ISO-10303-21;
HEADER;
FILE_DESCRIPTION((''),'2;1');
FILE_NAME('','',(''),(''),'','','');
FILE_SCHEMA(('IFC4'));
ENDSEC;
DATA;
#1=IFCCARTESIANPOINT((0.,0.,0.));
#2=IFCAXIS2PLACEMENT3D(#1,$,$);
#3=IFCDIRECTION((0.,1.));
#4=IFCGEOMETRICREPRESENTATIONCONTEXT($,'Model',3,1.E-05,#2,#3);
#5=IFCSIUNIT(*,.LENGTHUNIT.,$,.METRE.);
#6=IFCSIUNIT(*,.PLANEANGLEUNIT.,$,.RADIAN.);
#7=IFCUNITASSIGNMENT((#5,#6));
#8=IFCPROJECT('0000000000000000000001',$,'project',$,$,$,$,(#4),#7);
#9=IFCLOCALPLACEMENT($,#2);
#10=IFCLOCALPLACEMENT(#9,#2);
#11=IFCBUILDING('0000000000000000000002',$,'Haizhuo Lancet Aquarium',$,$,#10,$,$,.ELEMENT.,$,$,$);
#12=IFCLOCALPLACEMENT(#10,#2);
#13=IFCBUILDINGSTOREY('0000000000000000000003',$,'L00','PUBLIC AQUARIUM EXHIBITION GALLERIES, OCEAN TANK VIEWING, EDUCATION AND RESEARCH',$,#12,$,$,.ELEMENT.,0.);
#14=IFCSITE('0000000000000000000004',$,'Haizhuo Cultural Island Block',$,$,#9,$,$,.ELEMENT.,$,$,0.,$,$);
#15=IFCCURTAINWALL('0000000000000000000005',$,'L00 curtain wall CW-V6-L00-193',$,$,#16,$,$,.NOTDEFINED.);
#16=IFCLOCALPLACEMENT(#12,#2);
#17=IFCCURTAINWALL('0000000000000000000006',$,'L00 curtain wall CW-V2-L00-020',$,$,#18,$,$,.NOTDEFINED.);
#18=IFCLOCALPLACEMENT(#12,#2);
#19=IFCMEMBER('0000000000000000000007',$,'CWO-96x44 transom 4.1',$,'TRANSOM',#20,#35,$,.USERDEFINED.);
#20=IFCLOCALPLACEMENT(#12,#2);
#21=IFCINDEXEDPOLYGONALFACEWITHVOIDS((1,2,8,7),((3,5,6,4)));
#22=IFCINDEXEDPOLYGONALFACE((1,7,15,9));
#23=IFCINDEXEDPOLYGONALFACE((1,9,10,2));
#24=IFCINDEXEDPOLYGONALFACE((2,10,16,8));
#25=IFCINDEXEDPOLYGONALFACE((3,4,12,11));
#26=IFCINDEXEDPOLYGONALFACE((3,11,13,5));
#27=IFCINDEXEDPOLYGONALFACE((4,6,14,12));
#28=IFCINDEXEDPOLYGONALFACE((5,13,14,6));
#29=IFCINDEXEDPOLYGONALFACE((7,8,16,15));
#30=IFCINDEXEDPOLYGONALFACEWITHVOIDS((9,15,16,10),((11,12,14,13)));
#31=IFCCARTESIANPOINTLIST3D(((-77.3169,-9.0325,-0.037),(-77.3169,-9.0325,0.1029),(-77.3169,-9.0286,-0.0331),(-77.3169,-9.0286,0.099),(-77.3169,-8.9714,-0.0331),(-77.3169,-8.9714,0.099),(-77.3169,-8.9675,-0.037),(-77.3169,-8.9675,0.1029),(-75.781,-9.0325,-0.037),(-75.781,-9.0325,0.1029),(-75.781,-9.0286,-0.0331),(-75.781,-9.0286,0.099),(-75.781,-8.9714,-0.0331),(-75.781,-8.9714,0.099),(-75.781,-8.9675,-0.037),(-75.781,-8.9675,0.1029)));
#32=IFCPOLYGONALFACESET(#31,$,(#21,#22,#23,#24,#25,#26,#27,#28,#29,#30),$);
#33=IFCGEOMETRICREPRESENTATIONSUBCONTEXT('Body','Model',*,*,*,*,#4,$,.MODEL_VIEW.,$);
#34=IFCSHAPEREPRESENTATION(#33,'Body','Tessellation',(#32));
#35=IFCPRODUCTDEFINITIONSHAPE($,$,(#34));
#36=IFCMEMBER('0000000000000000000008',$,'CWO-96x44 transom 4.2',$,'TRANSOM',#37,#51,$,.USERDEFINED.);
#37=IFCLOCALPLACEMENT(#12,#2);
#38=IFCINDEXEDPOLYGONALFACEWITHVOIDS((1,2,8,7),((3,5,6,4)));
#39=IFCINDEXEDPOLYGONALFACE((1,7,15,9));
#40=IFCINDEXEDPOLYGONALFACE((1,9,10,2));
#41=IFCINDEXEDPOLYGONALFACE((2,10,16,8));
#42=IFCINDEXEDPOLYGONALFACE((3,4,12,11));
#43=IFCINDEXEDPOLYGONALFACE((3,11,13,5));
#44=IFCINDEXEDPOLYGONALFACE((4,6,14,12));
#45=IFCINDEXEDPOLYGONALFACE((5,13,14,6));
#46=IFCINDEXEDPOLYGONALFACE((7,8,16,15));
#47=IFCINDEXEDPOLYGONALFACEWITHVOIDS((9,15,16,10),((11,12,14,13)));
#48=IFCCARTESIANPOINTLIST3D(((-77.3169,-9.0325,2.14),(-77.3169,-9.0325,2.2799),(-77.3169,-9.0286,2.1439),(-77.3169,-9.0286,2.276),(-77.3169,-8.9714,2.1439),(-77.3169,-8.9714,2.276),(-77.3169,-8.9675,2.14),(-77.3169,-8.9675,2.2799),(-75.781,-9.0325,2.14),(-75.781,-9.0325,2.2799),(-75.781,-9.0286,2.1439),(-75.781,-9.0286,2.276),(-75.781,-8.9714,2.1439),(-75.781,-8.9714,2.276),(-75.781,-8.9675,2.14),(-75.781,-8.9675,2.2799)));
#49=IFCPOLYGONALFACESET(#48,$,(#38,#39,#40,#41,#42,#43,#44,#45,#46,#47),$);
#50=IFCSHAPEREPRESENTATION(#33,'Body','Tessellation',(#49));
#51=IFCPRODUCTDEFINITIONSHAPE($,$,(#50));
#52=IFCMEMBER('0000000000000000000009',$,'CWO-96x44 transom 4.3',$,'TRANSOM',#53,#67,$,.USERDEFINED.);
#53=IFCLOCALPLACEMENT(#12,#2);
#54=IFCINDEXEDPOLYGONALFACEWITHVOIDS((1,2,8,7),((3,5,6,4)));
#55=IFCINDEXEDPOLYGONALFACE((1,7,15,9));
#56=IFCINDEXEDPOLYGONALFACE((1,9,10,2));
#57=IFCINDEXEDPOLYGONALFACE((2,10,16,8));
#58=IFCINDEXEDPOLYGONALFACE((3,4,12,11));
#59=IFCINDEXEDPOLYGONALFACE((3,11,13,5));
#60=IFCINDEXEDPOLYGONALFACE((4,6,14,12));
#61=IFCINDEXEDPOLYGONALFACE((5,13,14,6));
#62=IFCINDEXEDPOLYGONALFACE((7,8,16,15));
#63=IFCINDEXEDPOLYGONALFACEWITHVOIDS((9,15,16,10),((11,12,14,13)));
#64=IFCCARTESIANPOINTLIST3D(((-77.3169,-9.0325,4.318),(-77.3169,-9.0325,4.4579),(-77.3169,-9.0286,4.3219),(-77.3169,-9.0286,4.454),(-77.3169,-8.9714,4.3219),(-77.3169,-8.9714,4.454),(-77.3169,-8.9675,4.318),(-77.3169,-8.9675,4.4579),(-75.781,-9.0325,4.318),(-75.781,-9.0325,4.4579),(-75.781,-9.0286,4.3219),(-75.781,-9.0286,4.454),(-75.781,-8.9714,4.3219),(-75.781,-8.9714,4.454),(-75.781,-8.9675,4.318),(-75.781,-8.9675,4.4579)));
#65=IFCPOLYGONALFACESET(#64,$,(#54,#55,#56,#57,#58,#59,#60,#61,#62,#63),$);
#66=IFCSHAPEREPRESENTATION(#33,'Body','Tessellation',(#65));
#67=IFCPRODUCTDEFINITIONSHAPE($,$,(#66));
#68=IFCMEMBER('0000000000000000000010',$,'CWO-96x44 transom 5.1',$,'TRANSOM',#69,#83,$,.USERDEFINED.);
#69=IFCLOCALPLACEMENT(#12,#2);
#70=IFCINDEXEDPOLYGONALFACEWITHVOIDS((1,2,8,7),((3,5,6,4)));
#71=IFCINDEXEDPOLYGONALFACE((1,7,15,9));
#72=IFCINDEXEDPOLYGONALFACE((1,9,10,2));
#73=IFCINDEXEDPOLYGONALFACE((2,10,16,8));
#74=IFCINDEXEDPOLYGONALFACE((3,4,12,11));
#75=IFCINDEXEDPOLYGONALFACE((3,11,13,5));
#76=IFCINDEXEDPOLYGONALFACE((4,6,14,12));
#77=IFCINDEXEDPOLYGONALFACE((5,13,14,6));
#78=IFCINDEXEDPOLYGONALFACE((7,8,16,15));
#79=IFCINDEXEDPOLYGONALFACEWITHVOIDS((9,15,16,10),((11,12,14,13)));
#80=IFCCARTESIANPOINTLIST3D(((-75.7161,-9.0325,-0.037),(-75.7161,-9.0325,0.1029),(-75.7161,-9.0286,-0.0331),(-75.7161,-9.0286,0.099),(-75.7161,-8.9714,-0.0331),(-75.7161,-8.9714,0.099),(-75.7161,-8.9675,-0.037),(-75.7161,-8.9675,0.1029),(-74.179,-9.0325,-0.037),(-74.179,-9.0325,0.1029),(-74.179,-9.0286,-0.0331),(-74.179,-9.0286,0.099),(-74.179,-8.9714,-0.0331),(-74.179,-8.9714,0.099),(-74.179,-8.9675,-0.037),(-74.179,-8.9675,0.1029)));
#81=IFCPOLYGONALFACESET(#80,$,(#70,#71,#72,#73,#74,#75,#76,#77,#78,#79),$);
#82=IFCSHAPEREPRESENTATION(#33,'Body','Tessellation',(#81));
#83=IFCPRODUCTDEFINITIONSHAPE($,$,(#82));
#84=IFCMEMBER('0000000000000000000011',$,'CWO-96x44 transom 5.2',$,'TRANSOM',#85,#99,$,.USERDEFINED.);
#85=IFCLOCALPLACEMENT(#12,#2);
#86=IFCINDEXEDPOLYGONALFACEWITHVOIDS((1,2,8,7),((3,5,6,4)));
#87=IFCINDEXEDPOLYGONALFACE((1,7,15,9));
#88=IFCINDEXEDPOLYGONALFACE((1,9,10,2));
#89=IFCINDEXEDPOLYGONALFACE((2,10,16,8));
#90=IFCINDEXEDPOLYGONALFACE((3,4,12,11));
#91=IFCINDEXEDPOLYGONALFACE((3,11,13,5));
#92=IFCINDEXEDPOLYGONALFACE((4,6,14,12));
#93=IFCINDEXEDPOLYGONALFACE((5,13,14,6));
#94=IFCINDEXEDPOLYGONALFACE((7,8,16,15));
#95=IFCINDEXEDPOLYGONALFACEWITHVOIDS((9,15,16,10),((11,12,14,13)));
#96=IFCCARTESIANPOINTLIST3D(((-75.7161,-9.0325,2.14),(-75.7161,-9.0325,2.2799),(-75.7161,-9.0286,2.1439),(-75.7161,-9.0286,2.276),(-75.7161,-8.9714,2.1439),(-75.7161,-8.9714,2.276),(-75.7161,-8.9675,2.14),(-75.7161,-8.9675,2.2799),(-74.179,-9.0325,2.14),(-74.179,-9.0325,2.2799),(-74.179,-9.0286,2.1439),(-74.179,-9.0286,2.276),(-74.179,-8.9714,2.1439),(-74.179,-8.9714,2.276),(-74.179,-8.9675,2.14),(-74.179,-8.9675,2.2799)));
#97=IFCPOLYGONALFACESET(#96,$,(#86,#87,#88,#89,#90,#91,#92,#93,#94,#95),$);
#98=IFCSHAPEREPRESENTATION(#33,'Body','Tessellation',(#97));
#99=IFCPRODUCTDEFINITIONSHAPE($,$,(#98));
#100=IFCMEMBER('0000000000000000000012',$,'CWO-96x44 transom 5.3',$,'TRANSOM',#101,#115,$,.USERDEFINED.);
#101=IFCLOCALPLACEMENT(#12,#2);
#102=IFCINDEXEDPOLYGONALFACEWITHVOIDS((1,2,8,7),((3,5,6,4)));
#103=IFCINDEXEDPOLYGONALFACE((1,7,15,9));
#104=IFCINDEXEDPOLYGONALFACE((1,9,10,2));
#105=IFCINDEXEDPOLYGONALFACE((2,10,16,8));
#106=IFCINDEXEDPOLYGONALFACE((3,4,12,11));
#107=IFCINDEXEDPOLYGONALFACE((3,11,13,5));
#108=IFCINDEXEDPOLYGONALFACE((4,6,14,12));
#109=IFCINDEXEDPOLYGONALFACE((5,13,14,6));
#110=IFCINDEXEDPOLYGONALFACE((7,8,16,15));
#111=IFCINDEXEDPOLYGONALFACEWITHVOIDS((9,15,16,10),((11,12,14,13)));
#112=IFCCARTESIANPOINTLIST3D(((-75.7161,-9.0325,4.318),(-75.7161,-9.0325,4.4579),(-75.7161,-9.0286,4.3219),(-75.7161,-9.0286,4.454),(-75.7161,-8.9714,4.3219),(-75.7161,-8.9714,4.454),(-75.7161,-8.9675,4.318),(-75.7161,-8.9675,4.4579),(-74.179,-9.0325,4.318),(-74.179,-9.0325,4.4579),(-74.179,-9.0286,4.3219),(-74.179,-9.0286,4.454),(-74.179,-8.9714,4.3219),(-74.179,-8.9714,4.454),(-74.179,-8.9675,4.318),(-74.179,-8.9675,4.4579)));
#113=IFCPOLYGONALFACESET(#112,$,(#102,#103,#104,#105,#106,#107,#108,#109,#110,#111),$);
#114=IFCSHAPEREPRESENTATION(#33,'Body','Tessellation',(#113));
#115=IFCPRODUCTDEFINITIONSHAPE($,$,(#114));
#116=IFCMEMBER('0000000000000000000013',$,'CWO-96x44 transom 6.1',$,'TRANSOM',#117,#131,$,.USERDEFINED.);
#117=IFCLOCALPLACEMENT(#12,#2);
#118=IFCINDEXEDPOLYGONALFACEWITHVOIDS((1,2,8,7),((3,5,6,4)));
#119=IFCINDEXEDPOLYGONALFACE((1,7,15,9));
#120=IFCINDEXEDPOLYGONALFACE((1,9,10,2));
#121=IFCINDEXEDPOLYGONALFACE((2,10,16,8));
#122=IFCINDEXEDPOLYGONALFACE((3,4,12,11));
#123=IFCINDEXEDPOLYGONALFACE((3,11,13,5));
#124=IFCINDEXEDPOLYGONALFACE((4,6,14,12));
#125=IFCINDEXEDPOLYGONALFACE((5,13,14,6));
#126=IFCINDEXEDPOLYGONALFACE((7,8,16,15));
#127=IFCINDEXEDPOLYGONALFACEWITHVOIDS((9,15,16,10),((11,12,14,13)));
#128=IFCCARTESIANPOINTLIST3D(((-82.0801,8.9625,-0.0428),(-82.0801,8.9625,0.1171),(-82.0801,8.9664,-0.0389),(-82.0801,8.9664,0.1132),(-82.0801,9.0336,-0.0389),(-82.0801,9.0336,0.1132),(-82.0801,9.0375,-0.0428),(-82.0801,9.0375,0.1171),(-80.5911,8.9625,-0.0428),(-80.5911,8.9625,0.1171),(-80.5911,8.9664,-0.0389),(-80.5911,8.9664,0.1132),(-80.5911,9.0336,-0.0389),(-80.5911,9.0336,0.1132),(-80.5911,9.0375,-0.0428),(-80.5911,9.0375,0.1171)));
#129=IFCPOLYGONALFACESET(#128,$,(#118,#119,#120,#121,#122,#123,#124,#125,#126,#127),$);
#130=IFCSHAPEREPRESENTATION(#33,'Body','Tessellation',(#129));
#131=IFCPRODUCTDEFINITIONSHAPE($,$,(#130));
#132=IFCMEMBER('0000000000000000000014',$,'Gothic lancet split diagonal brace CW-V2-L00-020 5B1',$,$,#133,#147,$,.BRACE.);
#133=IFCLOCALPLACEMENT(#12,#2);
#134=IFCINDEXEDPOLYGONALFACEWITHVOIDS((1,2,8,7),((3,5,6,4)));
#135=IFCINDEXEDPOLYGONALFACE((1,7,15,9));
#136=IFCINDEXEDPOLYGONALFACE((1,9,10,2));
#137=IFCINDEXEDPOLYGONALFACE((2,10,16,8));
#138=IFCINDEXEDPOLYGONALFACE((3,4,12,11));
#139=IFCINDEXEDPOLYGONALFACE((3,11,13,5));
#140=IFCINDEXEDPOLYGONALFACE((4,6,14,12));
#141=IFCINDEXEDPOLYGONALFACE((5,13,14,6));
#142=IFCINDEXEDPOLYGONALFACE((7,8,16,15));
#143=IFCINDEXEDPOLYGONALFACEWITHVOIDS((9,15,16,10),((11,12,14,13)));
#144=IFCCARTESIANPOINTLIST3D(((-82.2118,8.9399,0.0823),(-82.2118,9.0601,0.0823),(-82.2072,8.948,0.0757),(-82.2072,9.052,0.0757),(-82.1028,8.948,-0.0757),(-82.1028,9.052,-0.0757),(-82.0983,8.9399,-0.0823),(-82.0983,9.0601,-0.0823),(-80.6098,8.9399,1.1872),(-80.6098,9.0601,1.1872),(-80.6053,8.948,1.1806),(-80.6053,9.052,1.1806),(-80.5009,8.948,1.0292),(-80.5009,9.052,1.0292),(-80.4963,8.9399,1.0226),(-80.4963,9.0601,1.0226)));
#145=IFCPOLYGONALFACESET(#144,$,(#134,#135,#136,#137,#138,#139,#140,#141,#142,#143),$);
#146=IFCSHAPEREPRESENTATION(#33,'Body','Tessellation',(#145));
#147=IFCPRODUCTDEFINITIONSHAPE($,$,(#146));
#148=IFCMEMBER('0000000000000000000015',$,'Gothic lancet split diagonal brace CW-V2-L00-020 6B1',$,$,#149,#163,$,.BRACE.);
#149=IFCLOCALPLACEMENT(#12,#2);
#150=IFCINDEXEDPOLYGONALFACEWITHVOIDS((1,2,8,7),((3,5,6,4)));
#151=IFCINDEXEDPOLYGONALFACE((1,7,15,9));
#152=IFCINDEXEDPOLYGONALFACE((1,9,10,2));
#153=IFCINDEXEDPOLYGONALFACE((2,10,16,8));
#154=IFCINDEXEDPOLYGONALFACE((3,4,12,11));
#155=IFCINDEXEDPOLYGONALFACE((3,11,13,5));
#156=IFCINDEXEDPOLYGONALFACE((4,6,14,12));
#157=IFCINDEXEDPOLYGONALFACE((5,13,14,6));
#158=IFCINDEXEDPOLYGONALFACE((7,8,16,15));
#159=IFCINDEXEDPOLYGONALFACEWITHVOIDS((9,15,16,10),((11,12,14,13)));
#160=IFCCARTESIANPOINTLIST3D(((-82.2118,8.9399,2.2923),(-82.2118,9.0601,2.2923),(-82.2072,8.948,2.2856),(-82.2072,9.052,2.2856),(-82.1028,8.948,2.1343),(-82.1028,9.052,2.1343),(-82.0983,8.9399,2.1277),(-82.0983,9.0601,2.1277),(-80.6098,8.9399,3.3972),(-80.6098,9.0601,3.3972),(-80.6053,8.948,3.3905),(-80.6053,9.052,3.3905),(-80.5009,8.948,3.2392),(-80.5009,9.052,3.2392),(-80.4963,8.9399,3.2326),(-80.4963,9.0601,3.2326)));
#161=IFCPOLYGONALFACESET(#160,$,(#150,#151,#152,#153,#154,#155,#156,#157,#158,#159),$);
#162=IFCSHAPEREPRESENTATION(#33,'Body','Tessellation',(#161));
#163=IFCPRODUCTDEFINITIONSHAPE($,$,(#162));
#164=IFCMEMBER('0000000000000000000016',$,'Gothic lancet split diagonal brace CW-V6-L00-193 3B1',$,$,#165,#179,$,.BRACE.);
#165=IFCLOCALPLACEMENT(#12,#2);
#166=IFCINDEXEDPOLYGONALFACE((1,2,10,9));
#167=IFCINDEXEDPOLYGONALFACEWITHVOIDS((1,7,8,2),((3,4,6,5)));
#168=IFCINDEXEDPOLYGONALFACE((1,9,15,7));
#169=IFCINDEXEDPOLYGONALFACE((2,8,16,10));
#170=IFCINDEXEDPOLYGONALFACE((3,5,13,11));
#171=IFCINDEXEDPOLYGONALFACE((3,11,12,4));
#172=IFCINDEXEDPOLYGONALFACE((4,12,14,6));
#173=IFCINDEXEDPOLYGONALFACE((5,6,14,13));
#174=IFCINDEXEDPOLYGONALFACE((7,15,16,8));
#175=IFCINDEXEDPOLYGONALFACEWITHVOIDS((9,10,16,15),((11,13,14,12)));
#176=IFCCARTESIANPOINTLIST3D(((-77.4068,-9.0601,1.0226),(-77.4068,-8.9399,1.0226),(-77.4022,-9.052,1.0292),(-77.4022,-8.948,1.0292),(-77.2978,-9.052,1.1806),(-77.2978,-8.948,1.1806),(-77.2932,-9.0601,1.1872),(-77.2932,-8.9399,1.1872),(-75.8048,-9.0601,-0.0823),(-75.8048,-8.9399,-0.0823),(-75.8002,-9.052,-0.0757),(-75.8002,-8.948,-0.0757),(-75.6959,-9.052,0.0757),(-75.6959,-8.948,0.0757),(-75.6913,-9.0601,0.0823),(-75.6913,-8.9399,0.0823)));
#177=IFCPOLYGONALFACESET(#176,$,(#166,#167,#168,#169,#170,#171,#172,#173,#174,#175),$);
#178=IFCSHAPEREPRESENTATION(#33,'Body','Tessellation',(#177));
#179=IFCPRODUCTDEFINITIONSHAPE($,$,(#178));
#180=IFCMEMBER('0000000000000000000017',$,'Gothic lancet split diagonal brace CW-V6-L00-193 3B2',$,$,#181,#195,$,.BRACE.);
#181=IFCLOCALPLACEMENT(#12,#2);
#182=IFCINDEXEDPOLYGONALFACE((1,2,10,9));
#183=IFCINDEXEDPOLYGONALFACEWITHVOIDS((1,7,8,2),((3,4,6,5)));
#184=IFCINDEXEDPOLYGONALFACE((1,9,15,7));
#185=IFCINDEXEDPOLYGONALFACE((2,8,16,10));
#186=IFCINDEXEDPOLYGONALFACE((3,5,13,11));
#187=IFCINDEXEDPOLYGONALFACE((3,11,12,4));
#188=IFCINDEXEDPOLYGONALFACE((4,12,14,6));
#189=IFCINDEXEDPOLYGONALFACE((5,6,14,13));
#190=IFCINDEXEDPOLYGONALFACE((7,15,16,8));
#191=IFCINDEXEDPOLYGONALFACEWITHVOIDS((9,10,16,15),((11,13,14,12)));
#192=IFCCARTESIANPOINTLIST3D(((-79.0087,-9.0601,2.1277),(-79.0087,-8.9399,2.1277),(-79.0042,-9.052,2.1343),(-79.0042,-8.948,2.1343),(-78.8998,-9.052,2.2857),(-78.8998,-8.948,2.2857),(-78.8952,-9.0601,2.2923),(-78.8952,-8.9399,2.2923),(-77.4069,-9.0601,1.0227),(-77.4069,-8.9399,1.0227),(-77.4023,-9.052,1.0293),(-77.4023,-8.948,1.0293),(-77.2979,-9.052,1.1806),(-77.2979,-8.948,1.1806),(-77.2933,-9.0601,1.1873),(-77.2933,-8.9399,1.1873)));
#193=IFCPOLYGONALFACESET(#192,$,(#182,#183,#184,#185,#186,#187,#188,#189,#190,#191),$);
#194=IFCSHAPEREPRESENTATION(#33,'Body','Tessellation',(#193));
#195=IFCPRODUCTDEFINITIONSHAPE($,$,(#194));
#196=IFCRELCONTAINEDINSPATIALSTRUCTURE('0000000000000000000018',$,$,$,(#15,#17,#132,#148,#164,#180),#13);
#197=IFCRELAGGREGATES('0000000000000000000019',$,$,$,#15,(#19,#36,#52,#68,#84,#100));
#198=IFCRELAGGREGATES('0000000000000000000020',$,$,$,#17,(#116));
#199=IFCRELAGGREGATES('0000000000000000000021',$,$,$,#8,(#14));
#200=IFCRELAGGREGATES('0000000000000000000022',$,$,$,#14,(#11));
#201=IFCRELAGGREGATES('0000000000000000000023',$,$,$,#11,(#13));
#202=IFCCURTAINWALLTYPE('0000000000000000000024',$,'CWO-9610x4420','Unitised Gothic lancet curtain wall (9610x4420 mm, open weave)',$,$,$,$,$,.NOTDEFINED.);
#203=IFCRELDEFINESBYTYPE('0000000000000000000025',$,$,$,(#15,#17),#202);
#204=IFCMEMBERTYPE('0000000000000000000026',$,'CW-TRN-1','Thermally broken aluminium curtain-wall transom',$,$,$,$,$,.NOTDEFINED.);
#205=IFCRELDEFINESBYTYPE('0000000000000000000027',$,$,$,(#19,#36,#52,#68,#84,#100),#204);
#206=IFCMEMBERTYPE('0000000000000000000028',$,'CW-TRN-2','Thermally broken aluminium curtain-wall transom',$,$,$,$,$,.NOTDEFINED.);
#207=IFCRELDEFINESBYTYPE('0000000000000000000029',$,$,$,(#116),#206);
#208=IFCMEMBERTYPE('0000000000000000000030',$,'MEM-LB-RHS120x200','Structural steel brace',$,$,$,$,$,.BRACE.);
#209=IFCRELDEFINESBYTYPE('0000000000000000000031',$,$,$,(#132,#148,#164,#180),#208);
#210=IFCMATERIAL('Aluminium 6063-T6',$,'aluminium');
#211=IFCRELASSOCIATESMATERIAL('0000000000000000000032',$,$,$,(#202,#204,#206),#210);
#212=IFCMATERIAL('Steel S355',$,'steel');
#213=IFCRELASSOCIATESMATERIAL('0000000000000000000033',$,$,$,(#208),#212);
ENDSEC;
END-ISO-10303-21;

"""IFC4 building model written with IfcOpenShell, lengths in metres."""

from ifc_helpers import new_model, si_unit, direction, frame, origin, origin_2d, place, context, subcontext, project, spatial, hollow_rectangle, extrude, material, material_profile, profile_set, type_object, element, aggregate, save


model = new_model("IFC4")

# Units and contexts
model_context = context("Model", 3, precision=1e-05, world=origin(), true_north=direction((0.0, 1.0)))
body_context = subcontext(model_context, "Body", "Model", "MODEL_VIEW")
ifc_project = project(units=[si_unit("LENGTHUNIT", "METRE"), si_unit("PLANEANGLEUNIT", "RADIAN")], contexts=[model_context])

# Site, building, storey
site_placement = place(None, origin())
site = spatial("IfcSite", under=ifc_project, at=site_placement, Name="Haizhuo Cultural Island Block", CompositionType="ELEMENT", RefElevation=0.0)
building_placement = place(site_placement, origin())
building = spatial("IfcBuilding", under=site, at=building_placement, Name="Haizhuo Lancet Aquarium", CompositionType="ELEMENT")
storey_placement = place(building_placement, origin())
storey = spatial("IfcBuildingStorey", under=building, at=storey_placement, Name="L00", Description="PUBLIC AQUARIUM EXHIBITION GALLERIES, OCEAN TANK VIEWING, EDUCATION AND RESEARCH", CompositionType="ELEMENT", Elevation=0.0)

# Shared definitions
ifc_material_1 = material(Name="Steel S355", Category="steel")

# Curtain wall
ifc_material_2 = material(Name="Aluminium 6063-T6", Category="aluminium")
curtain_wall_type = type_object("IfcCurtainWallType", Name="CWO-9610x4420", Description="Unitised Gothic lancet curtain wall (9610x4420 mm, open weave)", PredefinedType="NOTDEFINED", material=ifc_material_2)
curtain_wall_1_placement = place(storey_placement, origin())
curtain_wall_1 = element("IfcCurtainWall", 1, at=curtain_wall_1_placement, inside=storey, type_object=curtain_wall_type, Name="L00 curtain wall CW-V6-L00-193", PredefinedType="NOTDEFINED")

# Curtain wall
curtain_wall_2_placement = place(storey_placement, origin())
curtain_wall_2 = element("IfcCurtainWall", 2, at=curtain_wall_2_placement, inside=storey, type_object=curtain_wall_type, Name="L00 curtain wall CW-V2-L00-020", PredefinedType="NOTDEFINED")

# Members
ifc_material_profile_1 = material_profile(ifc_material_2, hollow_rectangle(XDim=0.0649, YDim=0.1399, WallThickness=0.0039, at=origin_2d()), Name="ALU-T 65x140x4")
ifc_profile_set_1 = profile_set([ifc_material_profile_1], Name="Aluminium 6063-T6")
member_type_1 = type_object("IfcMemberType", Name="CW-TRN-1", Description="Thermally broken aluminium curtain-wall transom", PredefinedType="NOTDEFINED", material=ifc_profile_set_1)
member_1_placement = place(storey_placement, frame((-77.3169, -9.0, 0.033), z_axis=(1.0, 0.0, 0.0), x_axis=(0.0, 1.0, 0.0)))
member_1 = element("IfcMember", 3, at=member_1_placement, type_object=member_type_1, Name="CWO-96x44 transom 4.1", ObjectType="TRANSOM", PredefinedType="USERDEFINED", context=body_context, shape_type="SweptSolid", body=[
    extrude(hollow_rectangle(XDim=0.0649, YDim=0.1399, WallThickness=0.0039, at=origin_2d()), origin(), (0.0, 0.0, 1.0), 1.5359),
])
member_2_placement = place(storey_placement, frame((-77.3169, -9.0, 2.21), z_axis=(1.0, 0.0, 0.0), x_axis=(0.0, 1.0, 0.0)))
member_2 = element("IfcMember", 4, at=member_2_placement, type_object=member_type_1, Name="CWO-96x44 transom 4.2", ObjectType="TRANSOM", PredefinedType="USERDEFINED", context=body_context, shape_type="SweptSolid", body=[
    extrude(hollow_rectangle(XDim=0.0649, YDim=0.1399, WallThickness=0.0039, at=origin_2d()), origin(), (0.0, 0.0, 1.0), 1.5359),
])
member_3_placement = place(storey_placement, frame((-77.3169, -9.0, 4.3879), z_axis=(1.0, 0.0, 0.0), x_axis=(0.0, 1.0, 0.0)))
member_3 = element("IfcMember", 5, at=member_3_placement, type_object=member_type_1, Name="CWO-96x44 transom 4.3", ObjectType="TRANSOM", PredefinedType="USERDEFINED", context=body_context, shape_type="SweptSolid", body=[
    extrude(hollow_rectangle(XDim=0.0649, YDim=0.1399, WallThickness=0.0039, at=origin_2d()), origin(), (0.0, 0.0, 1.0), 1.5359),
])
member_4_placement = place(storey_placement, frame((-75.7161, -9.0, 0.033), z_axis=(1.0, 0.0, 0.0), x_axis=(0.0, 1.0, 0.0)))
member_4 = element("IfcMember", 6, at=member_4_placement, type_object=member_type_1, Name="CWO-96x44 transom 5.1", ObjectType="TRANSOM", PredefinedType="USERDEFINED", context=body_context, shape_type="SweptSolid", body=[
    extrude(hollow_rectangle(XDim=0.0649, YDim=0.1399, WallThickness=0.0039, at=origin_2d()), origin(), (0.0, 0.0, 1.0), 1.5371),
])
member_5_placement = place(storey_placement, frame((-75.7161, -9.0, 2.21), z_axis=(1.0, 0.0, 0.0), x_axis=(0.0, 1.0, 0.0)))
member_5 = element("IfcMember", 7, at=member_5_placement, type_object=member_type_1, Name="CWO-96x44 transom 5.2", ObjectType="TRANSOM", PredefinedType="USERDEFINED", context=body_context, shape_type="SweptSolid", body=[
    extrude(hollow_rectangle(XDim=0.0649, YDim=0.1399, WallThickness=0.0039, at=origin_2d()), origin(), (0.0, 0.0, 1.0), 1.5371),
])
member_6_placement = place(storey_placement, frame((-75.7161, -9.0, 4.3879), z_axis=(1.0, 0.0, 0.0), x_axis=(0.0, 1.0, 0.0)))
member_6 = element("IfcMember", 8, at=member_6_placement, type_object=member_type_1, Name="CWO-96x44 transom 5.3", ObjectType="TRANSOM", PredefinedType="USERDEFINED", context=body_context, shape_type="SweptSolid", body=[
    extrude(hollow_rectangle(XDim=0.0649, YDim=0.1399, WallThickness=0.0039, at=origin_2d()), origin(), (0.0, 0.0, 1.0), 1.5371),
])
ifc_material_profile_2 = material_profile(ifc_material_2, hollow_rectangle(XDim=0.075, YDim=0.1599, WallThickness=0.0039, at=origin_2d()), Name="ALU-T 75x160x4")
ifc_profile_set_2 = profile_set([ifc_material_profile_2], Name="Aluminium 6063-T6")
member_type_2 = type_object("IfcMemberType", Name="CW-TRN-2", Description="Thermally broken aluminium curtain-wall transom", PredefinedType="NOTDEFINED", material=ifc_profile_set_2)
member_7_placement = place(storey_placement, frame((-80.5911, 9.0, 0.0371), z_axis=(-1.0, 0.0, 0.0), x_axis=(0.0, -1.0, 0.0)))
member_7 = element("IfcMember", 9, at=member_7_placement, type_object=member_type_2, Name="CWO-96x44 transom 6.1", ObjectType="TRANSOM", PredefinedType="USERDEFINED", context=body_context, shape_type="SweptSolid", body=[
    extrude(hollow_rectangle(XDim=0.075, YDim=0.1599, WallThickness=0.0039, at=origin_2d()), origin(), (0.0, 0.0, 1.0), 1.489),
])

# Members
ifc_material_profile_3 = material_profile(ifc_material_1, hollow_rectangle(XDim=0.1201, YDim=0.2, WallThickness=0.0081, at=origin_2d()), Name="RHS 120x200x8")
ifc_profile_set_3 = profile_set([ifc_material_profile_3], Name="Steel S355")
member_type_3 = type_object("IfcMemberType", Name="MEM-LB-RHS120x200", Description="Structural steel brace", PredefinedType="BRACE", material=ifc_profile_set_3)
for number, where, z_axis, x_axis, name in (
    (10, (-82.155, 9.0, 0.0), (0.823184, 0.0, 0.567774), (0.0, 1.0, 0.0), "Gothic lancet split diagonal brace CW-V2-L00-020 5B1"),
    (11, (-82.155, 9.0, 2.21), (0.823184, 0.0, 0.567774), (0.0, 1.0, 0.0), "Gothic lancet split diagonal brace CW-V2-L00-020 6B1"),
    (12, (-75.748, -9.0, 0.0), (-0.823184, 0.0, 0.567774), (0.0, -1.0, 0.0), "Gothic lancet split diagonal brace CW-V6-L00-193 3B1"),
    (13, (-77.3501, -9.0, 1.105), (-0.823144, 0.0, 0.567833), (0.0, -1.0, 0.0), "Gothic lancet split diagonal brace CW-V6-L00-193 3B2"),
):
    element("IfcMember", number, at=place(storey_placement, frame(where, z_axis=z_axis, x_axis=x_axis)), inside=storey, type_object=member_type_3, Name=name, PredefinedType="BRACE", context=body_context, shape_type="SweptSolid", body=[
        extrude(hollow_rectangle(XDim=0.1201, YDim=0.2, WallThickness=0.0081, at=origin_2d()), origin(), (0.0, 0.0, 1.0), 1.946),
    ])

aggregate(curtain_wall_1, [member_1, member_2, member_3, member_4, member_5, member_6])
aggregate(curtain_wall_2, [member_7])

save(model, "model.ifc")
